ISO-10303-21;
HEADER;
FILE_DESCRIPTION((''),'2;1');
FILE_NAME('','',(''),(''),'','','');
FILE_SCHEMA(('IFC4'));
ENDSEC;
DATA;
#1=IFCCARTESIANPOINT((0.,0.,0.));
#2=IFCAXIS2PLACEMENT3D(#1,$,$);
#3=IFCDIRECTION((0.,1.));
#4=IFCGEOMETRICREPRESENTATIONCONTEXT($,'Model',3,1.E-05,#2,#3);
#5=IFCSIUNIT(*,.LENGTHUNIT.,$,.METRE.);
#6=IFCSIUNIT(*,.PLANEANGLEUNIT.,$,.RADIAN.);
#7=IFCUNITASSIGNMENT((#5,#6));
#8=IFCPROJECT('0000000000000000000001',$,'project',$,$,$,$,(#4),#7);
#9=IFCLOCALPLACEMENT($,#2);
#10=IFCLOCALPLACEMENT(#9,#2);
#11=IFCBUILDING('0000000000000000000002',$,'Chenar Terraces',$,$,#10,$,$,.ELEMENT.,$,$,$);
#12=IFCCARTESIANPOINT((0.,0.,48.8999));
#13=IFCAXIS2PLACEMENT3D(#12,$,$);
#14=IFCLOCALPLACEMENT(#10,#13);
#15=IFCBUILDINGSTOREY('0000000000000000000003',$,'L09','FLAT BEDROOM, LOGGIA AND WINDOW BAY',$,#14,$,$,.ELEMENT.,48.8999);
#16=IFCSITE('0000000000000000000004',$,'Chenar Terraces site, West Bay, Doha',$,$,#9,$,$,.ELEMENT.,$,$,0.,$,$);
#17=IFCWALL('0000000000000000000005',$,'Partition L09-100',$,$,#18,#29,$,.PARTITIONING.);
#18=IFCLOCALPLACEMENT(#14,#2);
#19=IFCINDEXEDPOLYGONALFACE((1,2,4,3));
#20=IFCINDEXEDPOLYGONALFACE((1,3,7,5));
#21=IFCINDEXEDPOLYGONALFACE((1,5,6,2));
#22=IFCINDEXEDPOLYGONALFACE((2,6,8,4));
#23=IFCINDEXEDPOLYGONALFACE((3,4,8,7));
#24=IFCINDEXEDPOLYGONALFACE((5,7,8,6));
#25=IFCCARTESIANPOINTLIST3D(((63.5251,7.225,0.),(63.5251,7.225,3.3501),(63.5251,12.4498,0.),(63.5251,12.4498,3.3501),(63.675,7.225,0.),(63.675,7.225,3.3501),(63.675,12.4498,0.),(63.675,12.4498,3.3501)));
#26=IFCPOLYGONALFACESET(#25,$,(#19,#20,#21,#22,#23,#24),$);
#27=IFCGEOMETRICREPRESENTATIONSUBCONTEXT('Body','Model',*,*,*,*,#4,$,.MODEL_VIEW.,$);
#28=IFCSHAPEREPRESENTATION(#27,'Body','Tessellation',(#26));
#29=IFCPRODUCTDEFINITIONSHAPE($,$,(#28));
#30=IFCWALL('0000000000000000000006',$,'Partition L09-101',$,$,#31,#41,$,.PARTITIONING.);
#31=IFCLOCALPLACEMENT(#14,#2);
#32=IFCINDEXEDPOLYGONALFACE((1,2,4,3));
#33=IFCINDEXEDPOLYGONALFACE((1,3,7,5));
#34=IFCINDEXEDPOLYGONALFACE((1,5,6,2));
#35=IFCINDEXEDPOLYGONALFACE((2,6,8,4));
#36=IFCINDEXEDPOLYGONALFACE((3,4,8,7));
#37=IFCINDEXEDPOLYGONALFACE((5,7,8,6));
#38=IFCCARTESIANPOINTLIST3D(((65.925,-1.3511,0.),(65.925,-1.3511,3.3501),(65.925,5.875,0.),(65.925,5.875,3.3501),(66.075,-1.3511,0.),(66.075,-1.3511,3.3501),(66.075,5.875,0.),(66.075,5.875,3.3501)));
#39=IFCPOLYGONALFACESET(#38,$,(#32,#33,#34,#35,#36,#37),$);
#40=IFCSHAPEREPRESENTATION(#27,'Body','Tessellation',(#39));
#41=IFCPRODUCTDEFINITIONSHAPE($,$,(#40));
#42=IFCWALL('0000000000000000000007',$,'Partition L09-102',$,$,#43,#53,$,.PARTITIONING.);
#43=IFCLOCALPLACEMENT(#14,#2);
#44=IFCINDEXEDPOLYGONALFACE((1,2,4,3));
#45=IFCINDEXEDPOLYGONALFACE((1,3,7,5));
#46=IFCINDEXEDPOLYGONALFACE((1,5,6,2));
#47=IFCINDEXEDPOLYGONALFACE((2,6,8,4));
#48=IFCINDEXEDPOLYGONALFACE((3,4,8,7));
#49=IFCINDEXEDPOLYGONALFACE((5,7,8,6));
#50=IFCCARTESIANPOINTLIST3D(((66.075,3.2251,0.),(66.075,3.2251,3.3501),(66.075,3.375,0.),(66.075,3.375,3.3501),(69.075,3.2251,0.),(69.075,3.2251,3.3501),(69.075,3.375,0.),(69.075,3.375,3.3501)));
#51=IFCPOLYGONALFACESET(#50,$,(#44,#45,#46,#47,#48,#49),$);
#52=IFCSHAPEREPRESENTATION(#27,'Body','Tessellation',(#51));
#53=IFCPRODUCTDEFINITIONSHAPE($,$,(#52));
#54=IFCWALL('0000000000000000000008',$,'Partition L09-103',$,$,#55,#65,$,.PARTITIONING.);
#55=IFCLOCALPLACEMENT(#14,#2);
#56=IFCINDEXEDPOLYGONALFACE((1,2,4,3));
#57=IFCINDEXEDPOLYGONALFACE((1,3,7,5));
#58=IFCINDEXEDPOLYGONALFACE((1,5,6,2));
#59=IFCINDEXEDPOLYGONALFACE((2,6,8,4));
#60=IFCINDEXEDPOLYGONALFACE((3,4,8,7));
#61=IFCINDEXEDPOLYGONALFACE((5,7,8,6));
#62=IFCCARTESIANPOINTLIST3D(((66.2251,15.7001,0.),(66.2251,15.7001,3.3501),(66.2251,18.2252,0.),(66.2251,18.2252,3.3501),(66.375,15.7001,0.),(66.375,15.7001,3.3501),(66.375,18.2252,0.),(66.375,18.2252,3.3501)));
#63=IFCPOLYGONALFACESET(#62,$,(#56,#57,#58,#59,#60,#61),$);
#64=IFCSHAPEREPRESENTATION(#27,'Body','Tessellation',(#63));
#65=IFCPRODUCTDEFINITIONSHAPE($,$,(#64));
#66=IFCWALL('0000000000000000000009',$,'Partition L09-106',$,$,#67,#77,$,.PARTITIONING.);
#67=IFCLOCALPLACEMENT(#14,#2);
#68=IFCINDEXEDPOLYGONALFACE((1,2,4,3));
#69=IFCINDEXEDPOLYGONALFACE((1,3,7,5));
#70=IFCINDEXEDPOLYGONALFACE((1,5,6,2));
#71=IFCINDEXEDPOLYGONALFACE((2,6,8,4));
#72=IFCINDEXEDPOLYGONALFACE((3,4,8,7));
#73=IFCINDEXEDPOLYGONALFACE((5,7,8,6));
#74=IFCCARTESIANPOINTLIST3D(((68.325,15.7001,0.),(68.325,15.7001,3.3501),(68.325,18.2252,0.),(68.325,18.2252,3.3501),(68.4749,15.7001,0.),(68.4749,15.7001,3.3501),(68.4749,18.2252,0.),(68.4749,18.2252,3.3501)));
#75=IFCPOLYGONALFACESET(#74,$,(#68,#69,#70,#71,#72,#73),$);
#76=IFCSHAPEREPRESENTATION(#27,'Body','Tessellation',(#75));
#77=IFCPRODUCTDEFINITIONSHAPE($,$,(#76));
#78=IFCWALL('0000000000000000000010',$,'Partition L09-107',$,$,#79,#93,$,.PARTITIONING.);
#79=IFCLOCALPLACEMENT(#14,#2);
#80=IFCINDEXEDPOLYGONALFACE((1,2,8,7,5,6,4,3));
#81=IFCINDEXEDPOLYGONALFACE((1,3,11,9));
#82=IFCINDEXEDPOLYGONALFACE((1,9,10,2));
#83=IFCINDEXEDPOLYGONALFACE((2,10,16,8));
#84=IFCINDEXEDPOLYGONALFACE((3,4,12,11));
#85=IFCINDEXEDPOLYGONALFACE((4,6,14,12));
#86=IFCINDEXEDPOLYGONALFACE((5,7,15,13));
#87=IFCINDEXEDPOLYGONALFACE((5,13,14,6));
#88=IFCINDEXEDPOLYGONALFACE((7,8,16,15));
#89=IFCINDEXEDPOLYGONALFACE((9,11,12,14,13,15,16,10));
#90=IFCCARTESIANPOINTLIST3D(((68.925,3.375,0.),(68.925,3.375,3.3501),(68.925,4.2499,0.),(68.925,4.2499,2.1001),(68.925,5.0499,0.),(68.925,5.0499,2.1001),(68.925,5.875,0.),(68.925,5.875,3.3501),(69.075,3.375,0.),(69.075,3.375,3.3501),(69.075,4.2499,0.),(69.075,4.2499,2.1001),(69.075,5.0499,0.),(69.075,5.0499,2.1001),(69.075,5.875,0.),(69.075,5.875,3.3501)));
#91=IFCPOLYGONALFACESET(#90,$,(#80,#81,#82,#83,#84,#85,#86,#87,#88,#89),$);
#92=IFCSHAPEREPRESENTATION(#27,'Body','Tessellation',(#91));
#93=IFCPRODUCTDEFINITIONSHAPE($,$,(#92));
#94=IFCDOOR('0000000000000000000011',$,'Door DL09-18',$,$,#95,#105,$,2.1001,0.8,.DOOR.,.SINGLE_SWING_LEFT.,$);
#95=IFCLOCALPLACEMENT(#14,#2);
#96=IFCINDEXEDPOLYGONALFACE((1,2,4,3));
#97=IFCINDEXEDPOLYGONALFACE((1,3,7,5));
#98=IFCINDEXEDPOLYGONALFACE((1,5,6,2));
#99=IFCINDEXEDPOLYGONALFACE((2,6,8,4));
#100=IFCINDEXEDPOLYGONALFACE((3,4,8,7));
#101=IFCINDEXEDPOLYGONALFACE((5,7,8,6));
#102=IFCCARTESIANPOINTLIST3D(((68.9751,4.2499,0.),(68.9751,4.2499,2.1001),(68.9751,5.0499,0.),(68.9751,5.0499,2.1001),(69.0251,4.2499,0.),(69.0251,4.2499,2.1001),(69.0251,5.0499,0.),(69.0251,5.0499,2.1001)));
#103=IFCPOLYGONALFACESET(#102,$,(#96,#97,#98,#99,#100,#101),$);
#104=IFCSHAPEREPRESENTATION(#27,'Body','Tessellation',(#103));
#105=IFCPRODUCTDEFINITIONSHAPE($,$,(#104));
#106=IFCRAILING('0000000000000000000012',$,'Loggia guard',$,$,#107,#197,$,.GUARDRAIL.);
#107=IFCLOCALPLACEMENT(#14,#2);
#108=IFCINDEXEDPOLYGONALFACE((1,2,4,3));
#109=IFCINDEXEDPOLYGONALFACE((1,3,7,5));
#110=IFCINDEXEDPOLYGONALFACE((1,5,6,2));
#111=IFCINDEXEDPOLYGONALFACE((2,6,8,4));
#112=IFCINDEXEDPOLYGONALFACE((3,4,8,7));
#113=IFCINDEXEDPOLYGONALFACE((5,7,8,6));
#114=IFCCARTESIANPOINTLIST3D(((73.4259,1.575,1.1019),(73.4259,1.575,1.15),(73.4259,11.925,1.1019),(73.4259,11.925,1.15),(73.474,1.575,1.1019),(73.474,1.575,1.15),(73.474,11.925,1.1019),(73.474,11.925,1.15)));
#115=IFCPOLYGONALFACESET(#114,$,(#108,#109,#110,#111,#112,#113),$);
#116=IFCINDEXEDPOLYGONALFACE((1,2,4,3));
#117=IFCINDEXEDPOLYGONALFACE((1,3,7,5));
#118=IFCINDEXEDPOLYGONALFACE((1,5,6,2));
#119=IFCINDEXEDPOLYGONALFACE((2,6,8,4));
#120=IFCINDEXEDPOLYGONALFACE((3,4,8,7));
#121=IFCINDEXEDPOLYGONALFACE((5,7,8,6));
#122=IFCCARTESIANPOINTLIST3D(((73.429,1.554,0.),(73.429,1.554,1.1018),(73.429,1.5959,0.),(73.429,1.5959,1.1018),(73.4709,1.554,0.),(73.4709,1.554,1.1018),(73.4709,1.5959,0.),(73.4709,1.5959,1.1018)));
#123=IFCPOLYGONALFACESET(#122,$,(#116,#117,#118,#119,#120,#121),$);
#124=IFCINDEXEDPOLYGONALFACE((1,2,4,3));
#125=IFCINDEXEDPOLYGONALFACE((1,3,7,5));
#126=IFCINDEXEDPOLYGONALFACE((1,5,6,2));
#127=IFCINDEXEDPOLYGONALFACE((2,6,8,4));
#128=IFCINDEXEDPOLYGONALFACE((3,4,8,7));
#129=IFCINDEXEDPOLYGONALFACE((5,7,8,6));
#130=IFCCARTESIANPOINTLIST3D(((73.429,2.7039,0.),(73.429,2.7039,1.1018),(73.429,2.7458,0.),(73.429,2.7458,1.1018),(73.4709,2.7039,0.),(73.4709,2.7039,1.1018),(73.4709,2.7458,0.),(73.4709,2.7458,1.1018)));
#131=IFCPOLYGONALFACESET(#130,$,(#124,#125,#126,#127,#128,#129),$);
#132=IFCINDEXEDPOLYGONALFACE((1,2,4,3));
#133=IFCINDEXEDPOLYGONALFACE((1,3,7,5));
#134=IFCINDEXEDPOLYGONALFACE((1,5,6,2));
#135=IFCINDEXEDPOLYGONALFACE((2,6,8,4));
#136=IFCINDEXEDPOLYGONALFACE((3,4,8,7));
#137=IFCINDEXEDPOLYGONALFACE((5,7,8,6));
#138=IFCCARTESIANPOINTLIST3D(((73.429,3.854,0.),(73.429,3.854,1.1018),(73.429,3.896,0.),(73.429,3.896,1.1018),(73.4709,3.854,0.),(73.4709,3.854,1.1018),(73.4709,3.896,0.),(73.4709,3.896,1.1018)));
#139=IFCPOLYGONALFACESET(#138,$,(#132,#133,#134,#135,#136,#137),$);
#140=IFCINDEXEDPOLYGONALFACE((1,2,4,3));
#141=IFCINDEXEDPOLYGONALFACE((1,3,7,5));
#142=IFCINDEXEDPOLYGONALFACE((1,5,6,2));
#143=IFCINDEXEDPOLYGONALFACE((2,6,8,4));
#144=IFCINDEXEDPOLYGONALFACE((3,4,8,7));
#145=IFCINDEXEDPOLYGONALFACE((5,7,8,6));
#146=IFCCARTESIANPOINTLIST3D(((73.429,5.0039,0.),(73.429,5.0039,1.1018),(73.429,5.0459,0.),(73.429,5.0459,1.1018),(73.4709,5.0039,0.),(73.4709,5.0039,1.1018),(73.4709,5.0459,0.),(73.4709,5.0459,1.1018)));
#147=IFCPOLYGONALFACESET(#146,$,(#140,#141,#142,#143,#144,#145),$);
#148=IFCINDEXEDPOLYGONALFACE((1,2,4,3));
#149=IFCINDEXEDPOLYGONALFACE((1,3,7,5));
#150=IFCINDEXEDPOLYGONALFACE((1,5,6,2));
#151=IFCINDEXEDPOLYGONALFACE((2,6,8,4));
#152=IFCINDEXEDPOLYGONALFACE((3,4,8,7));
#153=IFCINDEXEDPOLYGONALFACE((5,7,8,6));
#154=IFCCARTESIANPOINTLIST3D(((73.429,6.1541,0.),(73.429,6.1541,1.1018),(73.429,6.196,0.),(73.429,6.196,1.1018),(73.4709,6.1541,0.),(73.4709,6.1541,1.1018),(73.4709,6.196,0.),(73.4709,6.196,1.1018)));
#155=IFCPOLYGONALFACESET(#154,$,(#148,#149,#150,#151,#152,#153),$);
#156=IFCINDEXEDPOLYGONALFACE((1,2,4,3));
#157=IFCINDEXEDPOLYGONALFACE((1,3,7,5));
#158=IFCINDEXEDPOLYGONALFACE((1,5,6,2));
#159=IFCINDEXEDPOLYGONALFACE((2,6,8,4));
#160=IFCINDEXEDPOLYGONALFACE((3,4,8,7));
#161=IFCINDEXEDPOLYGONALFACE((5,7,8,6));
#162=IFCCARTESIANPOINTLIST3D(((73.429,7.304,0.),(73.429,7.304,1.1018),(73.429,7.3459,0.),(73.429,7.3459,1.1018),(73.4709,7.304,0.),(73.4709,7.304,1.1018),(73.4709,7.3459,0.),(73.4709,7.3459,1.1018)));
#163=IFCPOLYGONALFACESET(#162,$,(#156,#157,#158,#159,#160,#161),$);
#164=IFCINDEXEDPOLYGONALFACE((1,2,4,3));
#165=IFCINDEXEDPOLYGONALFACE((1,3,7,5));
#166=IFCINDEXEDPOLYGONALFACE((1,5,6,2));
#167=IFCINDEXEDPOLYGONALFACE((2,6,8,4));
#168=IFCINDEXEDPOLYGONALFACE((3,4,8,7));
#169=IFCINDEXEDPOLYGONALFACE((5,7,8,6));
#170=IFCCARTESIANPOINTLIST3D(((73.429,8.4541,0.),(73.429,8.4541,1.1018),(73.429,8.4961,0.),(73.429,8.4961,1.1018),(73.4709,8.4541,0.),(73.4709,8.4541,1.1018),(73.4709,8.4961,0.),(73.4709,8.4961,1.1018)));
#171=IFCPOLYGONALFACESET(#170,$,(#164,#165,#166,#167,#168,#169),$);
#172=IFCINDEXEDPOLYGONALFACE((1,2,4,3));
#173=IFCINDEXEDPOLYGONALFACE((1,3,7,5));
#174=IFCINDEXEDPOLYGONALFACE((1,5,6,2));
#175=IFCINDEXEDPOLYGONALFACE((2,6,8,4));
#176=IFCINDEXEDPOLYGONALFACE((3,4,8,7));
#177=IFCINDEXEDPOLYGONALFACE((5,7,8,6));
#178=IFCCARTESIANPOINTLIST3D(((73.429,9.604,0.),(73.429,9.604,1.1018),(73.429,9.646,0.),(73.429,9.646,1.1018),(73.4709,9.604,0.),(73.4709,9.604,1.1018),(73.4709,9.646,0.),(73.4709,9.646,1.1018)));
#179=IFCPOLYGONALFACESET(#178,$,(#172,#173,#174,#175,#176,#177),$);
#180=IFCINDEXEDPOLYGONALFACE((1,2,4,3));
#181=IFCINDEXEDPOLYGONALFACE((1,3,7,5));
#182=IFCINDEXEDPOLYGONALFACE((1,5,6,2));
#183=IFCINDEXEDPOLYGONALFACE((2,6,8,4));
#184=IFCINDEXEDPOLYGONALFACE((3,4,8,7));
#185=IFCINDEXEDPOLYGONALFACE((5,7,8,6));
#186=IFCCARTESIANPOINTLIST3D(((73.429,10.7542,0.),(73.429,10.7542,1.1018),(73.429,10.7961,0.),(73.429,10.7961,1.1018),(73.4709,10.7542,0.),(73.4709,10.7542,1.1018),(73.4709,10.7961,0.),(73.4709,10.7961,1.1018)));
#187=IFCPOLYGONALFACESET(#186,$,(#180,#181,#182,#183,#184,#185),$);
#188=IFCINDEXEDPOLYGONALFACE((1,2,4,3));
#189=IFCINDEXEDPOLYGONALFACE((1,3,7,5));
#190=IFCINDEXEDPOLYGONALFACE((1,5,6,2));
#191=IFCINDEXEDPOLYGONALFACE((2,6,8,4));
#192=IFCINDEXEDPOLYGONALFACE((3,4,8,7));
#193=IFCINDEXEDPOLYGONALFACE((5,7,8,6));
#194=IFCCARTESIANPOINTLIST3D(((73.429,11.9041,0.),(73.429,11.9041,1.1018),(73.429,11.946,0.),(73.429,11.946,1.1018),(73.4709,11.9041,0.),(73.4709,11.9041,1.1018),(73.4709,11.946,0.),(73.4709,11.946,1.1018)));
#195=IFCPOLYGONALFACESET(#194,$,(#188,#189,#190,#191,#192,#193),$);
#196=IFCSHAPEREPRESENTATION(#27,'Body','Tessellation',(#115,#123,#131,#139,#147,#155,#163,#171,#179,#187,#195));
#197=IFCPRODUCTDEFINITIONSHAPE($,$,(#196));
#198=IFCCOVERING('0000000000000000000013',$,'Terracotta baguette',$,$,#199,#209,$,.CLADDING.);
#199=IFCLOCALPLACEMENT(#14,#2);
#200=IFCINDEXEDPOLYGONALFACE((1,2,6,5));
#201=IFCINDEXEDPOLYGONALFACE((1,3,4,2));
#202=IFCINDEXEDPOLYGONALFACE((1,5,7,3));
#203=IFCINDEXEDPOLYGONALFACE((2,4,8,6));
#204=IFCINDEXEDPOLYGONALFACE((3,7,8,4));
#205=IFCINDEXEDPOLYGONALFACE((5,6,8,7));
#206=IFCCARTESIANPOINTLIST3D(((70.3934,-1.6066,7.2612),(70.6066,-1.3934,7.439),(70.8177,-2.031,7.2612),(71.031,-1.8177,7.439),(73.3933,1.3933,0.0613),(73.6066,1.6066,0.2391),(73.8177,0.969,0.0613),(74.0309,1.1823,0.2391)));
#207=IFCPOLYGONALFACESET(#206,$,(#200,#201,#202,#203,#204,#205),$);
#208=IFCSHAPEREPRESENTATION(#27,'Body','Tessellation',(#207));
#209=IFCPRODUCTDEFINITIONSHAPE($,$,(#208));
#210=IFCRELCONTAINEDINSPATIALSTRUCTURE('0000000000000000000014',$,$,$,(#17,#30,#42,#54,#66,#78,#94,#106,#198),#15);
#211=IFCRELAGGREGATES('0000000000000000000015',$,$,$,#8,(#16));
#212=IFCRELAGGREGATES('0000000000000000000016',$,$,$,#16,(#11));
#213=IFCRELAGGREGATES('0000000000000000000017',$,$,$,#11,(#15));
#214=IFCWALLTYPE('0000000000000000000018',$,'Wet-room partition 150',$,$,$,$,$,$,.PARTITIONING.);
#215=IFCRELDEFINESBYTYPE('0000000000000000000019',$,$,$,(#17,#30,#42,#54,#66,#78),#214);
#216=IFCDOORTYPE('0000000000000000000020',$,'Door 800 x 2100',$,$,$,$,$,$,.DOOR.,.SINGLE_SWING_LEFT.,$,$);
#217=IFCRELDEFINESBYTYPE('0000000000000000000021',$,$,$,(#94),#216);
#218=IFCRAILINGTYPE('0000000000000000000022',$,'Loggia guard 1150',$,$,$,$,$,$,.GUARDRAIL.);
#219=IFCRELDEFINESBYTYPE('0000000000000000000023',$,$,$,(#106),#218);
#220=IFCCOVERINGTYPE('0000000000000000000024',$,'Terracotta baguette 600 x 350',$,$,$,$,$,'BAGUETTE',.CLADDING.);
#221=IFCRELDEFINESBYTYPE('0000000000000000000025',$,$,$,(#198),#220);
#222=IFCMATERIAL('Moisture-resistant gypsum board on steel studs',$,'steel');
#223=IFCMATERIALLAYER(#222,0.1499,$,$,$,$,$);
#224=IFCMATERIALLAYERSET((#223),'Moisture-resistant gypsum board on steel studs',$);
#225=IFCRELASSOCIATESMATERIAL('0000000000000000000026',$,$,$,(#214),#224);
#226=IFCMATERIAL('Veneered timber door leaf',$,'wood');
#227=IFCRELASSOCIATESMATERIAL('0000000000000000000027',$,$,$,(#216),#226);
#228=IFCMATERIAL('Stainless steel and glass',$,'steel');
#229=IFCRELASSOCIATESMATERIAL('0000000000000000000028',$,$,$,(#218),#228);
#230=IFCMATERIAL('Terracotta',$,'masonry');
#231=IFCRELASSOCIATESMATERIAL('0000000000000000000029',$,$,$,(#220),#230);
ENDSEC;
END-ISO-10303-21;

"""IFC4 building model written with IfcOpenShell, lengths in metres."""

from ifc_helpers import new_model, si_unit, direction, frame, frame_2d, origin, origin_2d, place, context, subcontext, project, spatial, rectangle, extrude, material, layer, layer_set, material_profile, profile_set, type_object, element, fill, save


model = new_model("IFC4")

# Units and contexts
model_context = context("Model", 3, precision=1e-05, world=origin(), true_north=direction((0.0, 1.0)))
body_context = subcontext(model_context, "Body", "Model", "MODEL_VIEW")
ifc_project = project(units=[si_unit("LENGTHUNIT", "METRE"), si_unit("PLANEANGLEUNIT", "RADIAN")], contexts=[model_context])

# Site, building, storey
site_placement = place(None, origin())
site = spatial("IfcSite", under=ifc_project, at=site_placement, Name="Chenar Terraces site, West Bay, Doha", CompositionType="ELEMENT", RefElevation=0.0)
building_placement = place(site_placement, origin())
building = spatial("IfcBuilding", under=site, at=building_placement, Name="Chenar Terraces", CompositionType="ELEMENT")
storey_placement = place(building_placement, frame((0.0, 0.0, 48.8999)))
storey = spatial("IfcBuildingStorey", under=building, at=storey_placement, Name="L09", Description="FLAT BEDROOM, LOGGIA AND WINDOW BAY", CompositionType="ELEMENT", Elevation=48.8999)

# Walls
ifc_material_1 = material(Name="Moisture-resistant gypsum board on steel studs", Category="steel")
ifc_layer_1 = layer(ifc_material_1, 0.1499)
ifc_layer_set_1 = layer_set([ifc_layer_1], Name="Moisture-resistant gypsum board on steel studs")
wall_type_1 = type_object("IfcWallType", Name="Wet-room partition 150", PredefinedType="PARTITIONING", material=ifc_layer_set_1)
wall_1_placement = place(storey_placement, frame((63.6001, 7.2251, 0.0), z_axis=(0.0, 0.0, 1.0), x_axis=(0.0, 1.0, 0.0)))
element("IfcWall", 1, at=wall_1_placement, inside=storey, type_object=wall_type_1, Name="Partition L09-100", PredefinedType="PARTITIONING", context=body_context, shape_type="SweptSolid", body=[
    extrude(rectangle(XDim=5.2249, YDim=0.1499, at=frame_2d((2.6123, 0.0))), origin(), (0.0, 0.0, 1.0), 3.3501),
])
wall_2_placement = place(storey_placement, frame((66.0, -1.3511, 0.0), z_axis=(0.0, 0.0, 1.0), x_axis=(0.0, 1.0, 0.0)))
element("IfcWall", 2, at=wall_2_placement, inside=storey, type_object=wall_type_1, Name="Partition L09-101", PredefinedType="PARTITIONING", context=body_context, shape_type="SweptSolid", body=[
    extrude(rectangle(XDim=7.2261, YDim=0.1499, at=frame_2d((3.613, 0.0))), origin(), (0.0, 0.0, 1.0), 3.3501),
])
wall_3_placement = place(storey_placement, frame((66.075, 3.3, 0.0), z_axis=(0.0, 0.0, 1.0), x_axis=(1.0, 0.0, 0.0)))
element("IfcWall", 3, at=wall_3_placement, inside=storey, type_object=wall_type_1, Name="Partition L09-102", PredefinedType="PARTITIONING", context=body_context, shape_type="SweptSolid", body=[
    extrude(rectangle(XDim=3.0, YDim=0.1499, at=frame_2d((1.5, 0.0))), origin(), (0.0, 0.0, 1.0), 3.3501),
])
for number, where, z_axis, x_axis, name in (
    (4, (66.3, 15.7, 0.0), (0.0, 0.0, 1.0), (0.0, 1.0, 0.0), "Partition L09-103"),
    (5, (68.3999, 15.7, 0.0), (0.0, 0.0, 1.0), (0.0, 1.0, 0.0), "Partition L09-106"),
):
    element("IfcWall", number, at=place(storey_placement, frame(where, z_axis=z_axis, x_axis=x_axis)), inside=storey, type_object=wall_type_1, Name=name, PredefinedType="PARTITIONING", context=body_context, shape_type="SweptSolid", body=[
        extrude(rectangle(XDim=2.5251, YDim=0.1499, at=frame_2d((1.2627, 0.0))), origin(), (0.0, 0.0, 1.0), 3.3501),
    ])

# Wall, opening, door
wall_4_placement = place(storey_placement, frame((69.0, 3.375, 0.0), z_axis=(0.0, 0.0, 1.0), x_axis=(0.0, 1.0, 0.0)))
wall_4 = element("IfcWall", 6, at=wall_4_placement, inside=storey, type_object=wall_type_1, Name="Partition L09-107", PredefinedType="PARTITIONING", context=body_context, shape_type="SweptSolid", body=[
    extrude(rectangle(XDim=2.5, YDim=0.1499, at=frame_2d((1.25, 0.0))), origin(), (0.0, 0.0, 1.0), 3.3501),
])
opening_1_placement = place(wall_4_placement, frame((0.875, 0.0, 0.0)))
opening_1 = element("IfcOpeningElement", 7, at=opening_1_placement, cuts=wall_4, PredefinedType="OPENING", context=body_context, shape_type="SweptSolid", body=[
    extrude(rectangle(XDim=0.8, YDim=2.1001, at=frame_2d((0.3999, 1.05))), frame((0.0, 0.085, 0.0), z_axis=(0.0, -1.0, 0.0), x_axis=(1.0, 0.0, 0.0)), (0.0, 0.0, 1.0), 0.1699),
])
ifc_material_2 = material(Name="Veneered timber door leaf", Category="wood")
door_type_1 = type_object("IfcDoorType", Name="Door 800 x 2100", OperationType="SINGLE_SWING_LEFT", PredefinedType="DOOR", material=ifc_material_2)
door_1_placement = place(opening_1_placement, origin())
door_1 = element("IfcDoor", 8, at=door_1_placement, inside=storey, type_object=door_type_1, Name="Door DL09-18", OperationType="SINGLE_SWING_LEFT", OverallHeight=2.1001, OverallWidth=0.8, PredefinedType="DOOR", context=body_context, shape_type="SweptSolid", body=[
    extrude(rectangle(XDim=0.8, YDim=2.1001, at=frame_2d((0.3999, 1.05))), frame((0.0, 0.0249, 0.0), z_axis=(0.0, -1.0, 0.0), x_axis=(1.0, 0.0, 0.0)), (0.0, 0.0, 1.0), 0.05),
])
fill(opening_1, door_1)

# Railing
ifc_material_3 = material(Name="Stainless steel and glass", Category="steel")
railing_type = type_object("IfcRailingType", Name="Loggia guard 1150", PredefinedType="GUARDRAIL", material=ifc_material_3)
railing_placement = place(storey_placement, frame((73.45, 1.575, 0.0)))
element("IfcRailing", 9, at=railing_placement, inside=storey, type_object=railing_type, Name="Loggia guard", PredefinedType="GUARDRAIL", context=body_context, shape_type="SweptSolid", body=[
    extrude(rectangle(XDim=0.0481, YDim=0.0481, at=origin_2d()), frame((0.0, 0.0, 1.126), z_axis=(0.0, 1.0, 0.0), x_axis=(-1.0, 0.0, 0.0)), (0.0, 0.0, 1.0), 10.3501),
    extrude(rectangle(XDim=0.042, YDim=0.042, at=origin_2d()), origin(), (0.0, 0.0, 1.0), 1.1018),
    extrude(rectangle(XDim=0.042, YDim=0.042, at=origin_2d()), frame((0.0, 1.1499, 0.0)), (0.0, 0.0, 1.0), 1.1018),
    extrude(rectangle(XDim=0.042, YDim=0.042, at=origin_2d()), frame((0.0, 2.3, 0.0)), (0.0, 0.0, 1.0), 1.1018),
    extrude(rectangle(XDim=0.042, YDim=0.042, at=origin_2d()), frame((0.0, 3.45, 0.0)), (0.0, 0.0, 1.0), 1.1018),
    extrude(rectangle(XDim=0.042, YDim=0.042, at=origin_2d()), frame((0.0, 4.6001, 0.0)), (0.0, 0.0, 1.0), 1.1018),
    extrude(rectangle(XDim=0.042, YDim=0.042, at=origin_2d()), frame((0.0, 5.75, 0.0)), (0.0, 0.0, 1.0), 1.1018),
    extrude(rectangle(XDim=0.042, YDim=0.042, at=origin_2d()), frame((0.0, 6.9001, 0.0)), (0.0, 0.0, 1.0), 1.1018),
    extrude(rectangle(XDim=0.042, YDim=0.042, at=origin_2d()), frame((0.0, 8.05, 0.0)), (0.0, 0.0, 1.0), 1.1018),
    extrude(rectangle(XDim=0.042, YDim=0.042, at=origin_2d()), frame((0.0, 9.2002, 0.0)), (0.0, 0.0, 1.0), 1.1018),
    extrude(rectangle(XDim=0.042, YDim=0.042, at=origin_2d()), frame((0.0, 10.3501, 0.0)), (0.0, 0.0, 1.0), 1.1018),
])

# Covering
ifc_material_4 = material(Name="Terracotta", Category="masonry")
ifc_material_profile_1 = material_profile(ifc_material_4, rectangle(XDim=0.6001, YDim=0.3501, at=origin_2d()), Name="Terracotta baguette 600 x 350")
ifc_profile_set_1 = profile_set([ifc_material_profile_1], Name="Terracotta")
covering_type = type_object("IfcCoveringType", Name="Terracotta baguette 600 x 350", ElementType="BAGUETTE", PredefinedType="CLADDING", material=ifc_profile_set_1)
covering_placement = place(storey_placement, frame((70.7122, -1.7122, 7.3501), z_axis=(0.358981, 0.358981, -0.861548), x_axis=(-0.707107, 0.707107, 0.0)))
element("IfcCovering", 10, at=covering_placement, inside=storey, type_object=covering_type, Name="Terracotta baguette", PredefinedType="CLADDING", context=body_context, shape_type="SweptSolid", body=[
    extrude(rectangle(XDim=0.6001, YDim=0.3501, at=origin_2d()), origin(), (0.0, 0.0, 1.0), 8.3569),
])

save(model, "model.ifc")
